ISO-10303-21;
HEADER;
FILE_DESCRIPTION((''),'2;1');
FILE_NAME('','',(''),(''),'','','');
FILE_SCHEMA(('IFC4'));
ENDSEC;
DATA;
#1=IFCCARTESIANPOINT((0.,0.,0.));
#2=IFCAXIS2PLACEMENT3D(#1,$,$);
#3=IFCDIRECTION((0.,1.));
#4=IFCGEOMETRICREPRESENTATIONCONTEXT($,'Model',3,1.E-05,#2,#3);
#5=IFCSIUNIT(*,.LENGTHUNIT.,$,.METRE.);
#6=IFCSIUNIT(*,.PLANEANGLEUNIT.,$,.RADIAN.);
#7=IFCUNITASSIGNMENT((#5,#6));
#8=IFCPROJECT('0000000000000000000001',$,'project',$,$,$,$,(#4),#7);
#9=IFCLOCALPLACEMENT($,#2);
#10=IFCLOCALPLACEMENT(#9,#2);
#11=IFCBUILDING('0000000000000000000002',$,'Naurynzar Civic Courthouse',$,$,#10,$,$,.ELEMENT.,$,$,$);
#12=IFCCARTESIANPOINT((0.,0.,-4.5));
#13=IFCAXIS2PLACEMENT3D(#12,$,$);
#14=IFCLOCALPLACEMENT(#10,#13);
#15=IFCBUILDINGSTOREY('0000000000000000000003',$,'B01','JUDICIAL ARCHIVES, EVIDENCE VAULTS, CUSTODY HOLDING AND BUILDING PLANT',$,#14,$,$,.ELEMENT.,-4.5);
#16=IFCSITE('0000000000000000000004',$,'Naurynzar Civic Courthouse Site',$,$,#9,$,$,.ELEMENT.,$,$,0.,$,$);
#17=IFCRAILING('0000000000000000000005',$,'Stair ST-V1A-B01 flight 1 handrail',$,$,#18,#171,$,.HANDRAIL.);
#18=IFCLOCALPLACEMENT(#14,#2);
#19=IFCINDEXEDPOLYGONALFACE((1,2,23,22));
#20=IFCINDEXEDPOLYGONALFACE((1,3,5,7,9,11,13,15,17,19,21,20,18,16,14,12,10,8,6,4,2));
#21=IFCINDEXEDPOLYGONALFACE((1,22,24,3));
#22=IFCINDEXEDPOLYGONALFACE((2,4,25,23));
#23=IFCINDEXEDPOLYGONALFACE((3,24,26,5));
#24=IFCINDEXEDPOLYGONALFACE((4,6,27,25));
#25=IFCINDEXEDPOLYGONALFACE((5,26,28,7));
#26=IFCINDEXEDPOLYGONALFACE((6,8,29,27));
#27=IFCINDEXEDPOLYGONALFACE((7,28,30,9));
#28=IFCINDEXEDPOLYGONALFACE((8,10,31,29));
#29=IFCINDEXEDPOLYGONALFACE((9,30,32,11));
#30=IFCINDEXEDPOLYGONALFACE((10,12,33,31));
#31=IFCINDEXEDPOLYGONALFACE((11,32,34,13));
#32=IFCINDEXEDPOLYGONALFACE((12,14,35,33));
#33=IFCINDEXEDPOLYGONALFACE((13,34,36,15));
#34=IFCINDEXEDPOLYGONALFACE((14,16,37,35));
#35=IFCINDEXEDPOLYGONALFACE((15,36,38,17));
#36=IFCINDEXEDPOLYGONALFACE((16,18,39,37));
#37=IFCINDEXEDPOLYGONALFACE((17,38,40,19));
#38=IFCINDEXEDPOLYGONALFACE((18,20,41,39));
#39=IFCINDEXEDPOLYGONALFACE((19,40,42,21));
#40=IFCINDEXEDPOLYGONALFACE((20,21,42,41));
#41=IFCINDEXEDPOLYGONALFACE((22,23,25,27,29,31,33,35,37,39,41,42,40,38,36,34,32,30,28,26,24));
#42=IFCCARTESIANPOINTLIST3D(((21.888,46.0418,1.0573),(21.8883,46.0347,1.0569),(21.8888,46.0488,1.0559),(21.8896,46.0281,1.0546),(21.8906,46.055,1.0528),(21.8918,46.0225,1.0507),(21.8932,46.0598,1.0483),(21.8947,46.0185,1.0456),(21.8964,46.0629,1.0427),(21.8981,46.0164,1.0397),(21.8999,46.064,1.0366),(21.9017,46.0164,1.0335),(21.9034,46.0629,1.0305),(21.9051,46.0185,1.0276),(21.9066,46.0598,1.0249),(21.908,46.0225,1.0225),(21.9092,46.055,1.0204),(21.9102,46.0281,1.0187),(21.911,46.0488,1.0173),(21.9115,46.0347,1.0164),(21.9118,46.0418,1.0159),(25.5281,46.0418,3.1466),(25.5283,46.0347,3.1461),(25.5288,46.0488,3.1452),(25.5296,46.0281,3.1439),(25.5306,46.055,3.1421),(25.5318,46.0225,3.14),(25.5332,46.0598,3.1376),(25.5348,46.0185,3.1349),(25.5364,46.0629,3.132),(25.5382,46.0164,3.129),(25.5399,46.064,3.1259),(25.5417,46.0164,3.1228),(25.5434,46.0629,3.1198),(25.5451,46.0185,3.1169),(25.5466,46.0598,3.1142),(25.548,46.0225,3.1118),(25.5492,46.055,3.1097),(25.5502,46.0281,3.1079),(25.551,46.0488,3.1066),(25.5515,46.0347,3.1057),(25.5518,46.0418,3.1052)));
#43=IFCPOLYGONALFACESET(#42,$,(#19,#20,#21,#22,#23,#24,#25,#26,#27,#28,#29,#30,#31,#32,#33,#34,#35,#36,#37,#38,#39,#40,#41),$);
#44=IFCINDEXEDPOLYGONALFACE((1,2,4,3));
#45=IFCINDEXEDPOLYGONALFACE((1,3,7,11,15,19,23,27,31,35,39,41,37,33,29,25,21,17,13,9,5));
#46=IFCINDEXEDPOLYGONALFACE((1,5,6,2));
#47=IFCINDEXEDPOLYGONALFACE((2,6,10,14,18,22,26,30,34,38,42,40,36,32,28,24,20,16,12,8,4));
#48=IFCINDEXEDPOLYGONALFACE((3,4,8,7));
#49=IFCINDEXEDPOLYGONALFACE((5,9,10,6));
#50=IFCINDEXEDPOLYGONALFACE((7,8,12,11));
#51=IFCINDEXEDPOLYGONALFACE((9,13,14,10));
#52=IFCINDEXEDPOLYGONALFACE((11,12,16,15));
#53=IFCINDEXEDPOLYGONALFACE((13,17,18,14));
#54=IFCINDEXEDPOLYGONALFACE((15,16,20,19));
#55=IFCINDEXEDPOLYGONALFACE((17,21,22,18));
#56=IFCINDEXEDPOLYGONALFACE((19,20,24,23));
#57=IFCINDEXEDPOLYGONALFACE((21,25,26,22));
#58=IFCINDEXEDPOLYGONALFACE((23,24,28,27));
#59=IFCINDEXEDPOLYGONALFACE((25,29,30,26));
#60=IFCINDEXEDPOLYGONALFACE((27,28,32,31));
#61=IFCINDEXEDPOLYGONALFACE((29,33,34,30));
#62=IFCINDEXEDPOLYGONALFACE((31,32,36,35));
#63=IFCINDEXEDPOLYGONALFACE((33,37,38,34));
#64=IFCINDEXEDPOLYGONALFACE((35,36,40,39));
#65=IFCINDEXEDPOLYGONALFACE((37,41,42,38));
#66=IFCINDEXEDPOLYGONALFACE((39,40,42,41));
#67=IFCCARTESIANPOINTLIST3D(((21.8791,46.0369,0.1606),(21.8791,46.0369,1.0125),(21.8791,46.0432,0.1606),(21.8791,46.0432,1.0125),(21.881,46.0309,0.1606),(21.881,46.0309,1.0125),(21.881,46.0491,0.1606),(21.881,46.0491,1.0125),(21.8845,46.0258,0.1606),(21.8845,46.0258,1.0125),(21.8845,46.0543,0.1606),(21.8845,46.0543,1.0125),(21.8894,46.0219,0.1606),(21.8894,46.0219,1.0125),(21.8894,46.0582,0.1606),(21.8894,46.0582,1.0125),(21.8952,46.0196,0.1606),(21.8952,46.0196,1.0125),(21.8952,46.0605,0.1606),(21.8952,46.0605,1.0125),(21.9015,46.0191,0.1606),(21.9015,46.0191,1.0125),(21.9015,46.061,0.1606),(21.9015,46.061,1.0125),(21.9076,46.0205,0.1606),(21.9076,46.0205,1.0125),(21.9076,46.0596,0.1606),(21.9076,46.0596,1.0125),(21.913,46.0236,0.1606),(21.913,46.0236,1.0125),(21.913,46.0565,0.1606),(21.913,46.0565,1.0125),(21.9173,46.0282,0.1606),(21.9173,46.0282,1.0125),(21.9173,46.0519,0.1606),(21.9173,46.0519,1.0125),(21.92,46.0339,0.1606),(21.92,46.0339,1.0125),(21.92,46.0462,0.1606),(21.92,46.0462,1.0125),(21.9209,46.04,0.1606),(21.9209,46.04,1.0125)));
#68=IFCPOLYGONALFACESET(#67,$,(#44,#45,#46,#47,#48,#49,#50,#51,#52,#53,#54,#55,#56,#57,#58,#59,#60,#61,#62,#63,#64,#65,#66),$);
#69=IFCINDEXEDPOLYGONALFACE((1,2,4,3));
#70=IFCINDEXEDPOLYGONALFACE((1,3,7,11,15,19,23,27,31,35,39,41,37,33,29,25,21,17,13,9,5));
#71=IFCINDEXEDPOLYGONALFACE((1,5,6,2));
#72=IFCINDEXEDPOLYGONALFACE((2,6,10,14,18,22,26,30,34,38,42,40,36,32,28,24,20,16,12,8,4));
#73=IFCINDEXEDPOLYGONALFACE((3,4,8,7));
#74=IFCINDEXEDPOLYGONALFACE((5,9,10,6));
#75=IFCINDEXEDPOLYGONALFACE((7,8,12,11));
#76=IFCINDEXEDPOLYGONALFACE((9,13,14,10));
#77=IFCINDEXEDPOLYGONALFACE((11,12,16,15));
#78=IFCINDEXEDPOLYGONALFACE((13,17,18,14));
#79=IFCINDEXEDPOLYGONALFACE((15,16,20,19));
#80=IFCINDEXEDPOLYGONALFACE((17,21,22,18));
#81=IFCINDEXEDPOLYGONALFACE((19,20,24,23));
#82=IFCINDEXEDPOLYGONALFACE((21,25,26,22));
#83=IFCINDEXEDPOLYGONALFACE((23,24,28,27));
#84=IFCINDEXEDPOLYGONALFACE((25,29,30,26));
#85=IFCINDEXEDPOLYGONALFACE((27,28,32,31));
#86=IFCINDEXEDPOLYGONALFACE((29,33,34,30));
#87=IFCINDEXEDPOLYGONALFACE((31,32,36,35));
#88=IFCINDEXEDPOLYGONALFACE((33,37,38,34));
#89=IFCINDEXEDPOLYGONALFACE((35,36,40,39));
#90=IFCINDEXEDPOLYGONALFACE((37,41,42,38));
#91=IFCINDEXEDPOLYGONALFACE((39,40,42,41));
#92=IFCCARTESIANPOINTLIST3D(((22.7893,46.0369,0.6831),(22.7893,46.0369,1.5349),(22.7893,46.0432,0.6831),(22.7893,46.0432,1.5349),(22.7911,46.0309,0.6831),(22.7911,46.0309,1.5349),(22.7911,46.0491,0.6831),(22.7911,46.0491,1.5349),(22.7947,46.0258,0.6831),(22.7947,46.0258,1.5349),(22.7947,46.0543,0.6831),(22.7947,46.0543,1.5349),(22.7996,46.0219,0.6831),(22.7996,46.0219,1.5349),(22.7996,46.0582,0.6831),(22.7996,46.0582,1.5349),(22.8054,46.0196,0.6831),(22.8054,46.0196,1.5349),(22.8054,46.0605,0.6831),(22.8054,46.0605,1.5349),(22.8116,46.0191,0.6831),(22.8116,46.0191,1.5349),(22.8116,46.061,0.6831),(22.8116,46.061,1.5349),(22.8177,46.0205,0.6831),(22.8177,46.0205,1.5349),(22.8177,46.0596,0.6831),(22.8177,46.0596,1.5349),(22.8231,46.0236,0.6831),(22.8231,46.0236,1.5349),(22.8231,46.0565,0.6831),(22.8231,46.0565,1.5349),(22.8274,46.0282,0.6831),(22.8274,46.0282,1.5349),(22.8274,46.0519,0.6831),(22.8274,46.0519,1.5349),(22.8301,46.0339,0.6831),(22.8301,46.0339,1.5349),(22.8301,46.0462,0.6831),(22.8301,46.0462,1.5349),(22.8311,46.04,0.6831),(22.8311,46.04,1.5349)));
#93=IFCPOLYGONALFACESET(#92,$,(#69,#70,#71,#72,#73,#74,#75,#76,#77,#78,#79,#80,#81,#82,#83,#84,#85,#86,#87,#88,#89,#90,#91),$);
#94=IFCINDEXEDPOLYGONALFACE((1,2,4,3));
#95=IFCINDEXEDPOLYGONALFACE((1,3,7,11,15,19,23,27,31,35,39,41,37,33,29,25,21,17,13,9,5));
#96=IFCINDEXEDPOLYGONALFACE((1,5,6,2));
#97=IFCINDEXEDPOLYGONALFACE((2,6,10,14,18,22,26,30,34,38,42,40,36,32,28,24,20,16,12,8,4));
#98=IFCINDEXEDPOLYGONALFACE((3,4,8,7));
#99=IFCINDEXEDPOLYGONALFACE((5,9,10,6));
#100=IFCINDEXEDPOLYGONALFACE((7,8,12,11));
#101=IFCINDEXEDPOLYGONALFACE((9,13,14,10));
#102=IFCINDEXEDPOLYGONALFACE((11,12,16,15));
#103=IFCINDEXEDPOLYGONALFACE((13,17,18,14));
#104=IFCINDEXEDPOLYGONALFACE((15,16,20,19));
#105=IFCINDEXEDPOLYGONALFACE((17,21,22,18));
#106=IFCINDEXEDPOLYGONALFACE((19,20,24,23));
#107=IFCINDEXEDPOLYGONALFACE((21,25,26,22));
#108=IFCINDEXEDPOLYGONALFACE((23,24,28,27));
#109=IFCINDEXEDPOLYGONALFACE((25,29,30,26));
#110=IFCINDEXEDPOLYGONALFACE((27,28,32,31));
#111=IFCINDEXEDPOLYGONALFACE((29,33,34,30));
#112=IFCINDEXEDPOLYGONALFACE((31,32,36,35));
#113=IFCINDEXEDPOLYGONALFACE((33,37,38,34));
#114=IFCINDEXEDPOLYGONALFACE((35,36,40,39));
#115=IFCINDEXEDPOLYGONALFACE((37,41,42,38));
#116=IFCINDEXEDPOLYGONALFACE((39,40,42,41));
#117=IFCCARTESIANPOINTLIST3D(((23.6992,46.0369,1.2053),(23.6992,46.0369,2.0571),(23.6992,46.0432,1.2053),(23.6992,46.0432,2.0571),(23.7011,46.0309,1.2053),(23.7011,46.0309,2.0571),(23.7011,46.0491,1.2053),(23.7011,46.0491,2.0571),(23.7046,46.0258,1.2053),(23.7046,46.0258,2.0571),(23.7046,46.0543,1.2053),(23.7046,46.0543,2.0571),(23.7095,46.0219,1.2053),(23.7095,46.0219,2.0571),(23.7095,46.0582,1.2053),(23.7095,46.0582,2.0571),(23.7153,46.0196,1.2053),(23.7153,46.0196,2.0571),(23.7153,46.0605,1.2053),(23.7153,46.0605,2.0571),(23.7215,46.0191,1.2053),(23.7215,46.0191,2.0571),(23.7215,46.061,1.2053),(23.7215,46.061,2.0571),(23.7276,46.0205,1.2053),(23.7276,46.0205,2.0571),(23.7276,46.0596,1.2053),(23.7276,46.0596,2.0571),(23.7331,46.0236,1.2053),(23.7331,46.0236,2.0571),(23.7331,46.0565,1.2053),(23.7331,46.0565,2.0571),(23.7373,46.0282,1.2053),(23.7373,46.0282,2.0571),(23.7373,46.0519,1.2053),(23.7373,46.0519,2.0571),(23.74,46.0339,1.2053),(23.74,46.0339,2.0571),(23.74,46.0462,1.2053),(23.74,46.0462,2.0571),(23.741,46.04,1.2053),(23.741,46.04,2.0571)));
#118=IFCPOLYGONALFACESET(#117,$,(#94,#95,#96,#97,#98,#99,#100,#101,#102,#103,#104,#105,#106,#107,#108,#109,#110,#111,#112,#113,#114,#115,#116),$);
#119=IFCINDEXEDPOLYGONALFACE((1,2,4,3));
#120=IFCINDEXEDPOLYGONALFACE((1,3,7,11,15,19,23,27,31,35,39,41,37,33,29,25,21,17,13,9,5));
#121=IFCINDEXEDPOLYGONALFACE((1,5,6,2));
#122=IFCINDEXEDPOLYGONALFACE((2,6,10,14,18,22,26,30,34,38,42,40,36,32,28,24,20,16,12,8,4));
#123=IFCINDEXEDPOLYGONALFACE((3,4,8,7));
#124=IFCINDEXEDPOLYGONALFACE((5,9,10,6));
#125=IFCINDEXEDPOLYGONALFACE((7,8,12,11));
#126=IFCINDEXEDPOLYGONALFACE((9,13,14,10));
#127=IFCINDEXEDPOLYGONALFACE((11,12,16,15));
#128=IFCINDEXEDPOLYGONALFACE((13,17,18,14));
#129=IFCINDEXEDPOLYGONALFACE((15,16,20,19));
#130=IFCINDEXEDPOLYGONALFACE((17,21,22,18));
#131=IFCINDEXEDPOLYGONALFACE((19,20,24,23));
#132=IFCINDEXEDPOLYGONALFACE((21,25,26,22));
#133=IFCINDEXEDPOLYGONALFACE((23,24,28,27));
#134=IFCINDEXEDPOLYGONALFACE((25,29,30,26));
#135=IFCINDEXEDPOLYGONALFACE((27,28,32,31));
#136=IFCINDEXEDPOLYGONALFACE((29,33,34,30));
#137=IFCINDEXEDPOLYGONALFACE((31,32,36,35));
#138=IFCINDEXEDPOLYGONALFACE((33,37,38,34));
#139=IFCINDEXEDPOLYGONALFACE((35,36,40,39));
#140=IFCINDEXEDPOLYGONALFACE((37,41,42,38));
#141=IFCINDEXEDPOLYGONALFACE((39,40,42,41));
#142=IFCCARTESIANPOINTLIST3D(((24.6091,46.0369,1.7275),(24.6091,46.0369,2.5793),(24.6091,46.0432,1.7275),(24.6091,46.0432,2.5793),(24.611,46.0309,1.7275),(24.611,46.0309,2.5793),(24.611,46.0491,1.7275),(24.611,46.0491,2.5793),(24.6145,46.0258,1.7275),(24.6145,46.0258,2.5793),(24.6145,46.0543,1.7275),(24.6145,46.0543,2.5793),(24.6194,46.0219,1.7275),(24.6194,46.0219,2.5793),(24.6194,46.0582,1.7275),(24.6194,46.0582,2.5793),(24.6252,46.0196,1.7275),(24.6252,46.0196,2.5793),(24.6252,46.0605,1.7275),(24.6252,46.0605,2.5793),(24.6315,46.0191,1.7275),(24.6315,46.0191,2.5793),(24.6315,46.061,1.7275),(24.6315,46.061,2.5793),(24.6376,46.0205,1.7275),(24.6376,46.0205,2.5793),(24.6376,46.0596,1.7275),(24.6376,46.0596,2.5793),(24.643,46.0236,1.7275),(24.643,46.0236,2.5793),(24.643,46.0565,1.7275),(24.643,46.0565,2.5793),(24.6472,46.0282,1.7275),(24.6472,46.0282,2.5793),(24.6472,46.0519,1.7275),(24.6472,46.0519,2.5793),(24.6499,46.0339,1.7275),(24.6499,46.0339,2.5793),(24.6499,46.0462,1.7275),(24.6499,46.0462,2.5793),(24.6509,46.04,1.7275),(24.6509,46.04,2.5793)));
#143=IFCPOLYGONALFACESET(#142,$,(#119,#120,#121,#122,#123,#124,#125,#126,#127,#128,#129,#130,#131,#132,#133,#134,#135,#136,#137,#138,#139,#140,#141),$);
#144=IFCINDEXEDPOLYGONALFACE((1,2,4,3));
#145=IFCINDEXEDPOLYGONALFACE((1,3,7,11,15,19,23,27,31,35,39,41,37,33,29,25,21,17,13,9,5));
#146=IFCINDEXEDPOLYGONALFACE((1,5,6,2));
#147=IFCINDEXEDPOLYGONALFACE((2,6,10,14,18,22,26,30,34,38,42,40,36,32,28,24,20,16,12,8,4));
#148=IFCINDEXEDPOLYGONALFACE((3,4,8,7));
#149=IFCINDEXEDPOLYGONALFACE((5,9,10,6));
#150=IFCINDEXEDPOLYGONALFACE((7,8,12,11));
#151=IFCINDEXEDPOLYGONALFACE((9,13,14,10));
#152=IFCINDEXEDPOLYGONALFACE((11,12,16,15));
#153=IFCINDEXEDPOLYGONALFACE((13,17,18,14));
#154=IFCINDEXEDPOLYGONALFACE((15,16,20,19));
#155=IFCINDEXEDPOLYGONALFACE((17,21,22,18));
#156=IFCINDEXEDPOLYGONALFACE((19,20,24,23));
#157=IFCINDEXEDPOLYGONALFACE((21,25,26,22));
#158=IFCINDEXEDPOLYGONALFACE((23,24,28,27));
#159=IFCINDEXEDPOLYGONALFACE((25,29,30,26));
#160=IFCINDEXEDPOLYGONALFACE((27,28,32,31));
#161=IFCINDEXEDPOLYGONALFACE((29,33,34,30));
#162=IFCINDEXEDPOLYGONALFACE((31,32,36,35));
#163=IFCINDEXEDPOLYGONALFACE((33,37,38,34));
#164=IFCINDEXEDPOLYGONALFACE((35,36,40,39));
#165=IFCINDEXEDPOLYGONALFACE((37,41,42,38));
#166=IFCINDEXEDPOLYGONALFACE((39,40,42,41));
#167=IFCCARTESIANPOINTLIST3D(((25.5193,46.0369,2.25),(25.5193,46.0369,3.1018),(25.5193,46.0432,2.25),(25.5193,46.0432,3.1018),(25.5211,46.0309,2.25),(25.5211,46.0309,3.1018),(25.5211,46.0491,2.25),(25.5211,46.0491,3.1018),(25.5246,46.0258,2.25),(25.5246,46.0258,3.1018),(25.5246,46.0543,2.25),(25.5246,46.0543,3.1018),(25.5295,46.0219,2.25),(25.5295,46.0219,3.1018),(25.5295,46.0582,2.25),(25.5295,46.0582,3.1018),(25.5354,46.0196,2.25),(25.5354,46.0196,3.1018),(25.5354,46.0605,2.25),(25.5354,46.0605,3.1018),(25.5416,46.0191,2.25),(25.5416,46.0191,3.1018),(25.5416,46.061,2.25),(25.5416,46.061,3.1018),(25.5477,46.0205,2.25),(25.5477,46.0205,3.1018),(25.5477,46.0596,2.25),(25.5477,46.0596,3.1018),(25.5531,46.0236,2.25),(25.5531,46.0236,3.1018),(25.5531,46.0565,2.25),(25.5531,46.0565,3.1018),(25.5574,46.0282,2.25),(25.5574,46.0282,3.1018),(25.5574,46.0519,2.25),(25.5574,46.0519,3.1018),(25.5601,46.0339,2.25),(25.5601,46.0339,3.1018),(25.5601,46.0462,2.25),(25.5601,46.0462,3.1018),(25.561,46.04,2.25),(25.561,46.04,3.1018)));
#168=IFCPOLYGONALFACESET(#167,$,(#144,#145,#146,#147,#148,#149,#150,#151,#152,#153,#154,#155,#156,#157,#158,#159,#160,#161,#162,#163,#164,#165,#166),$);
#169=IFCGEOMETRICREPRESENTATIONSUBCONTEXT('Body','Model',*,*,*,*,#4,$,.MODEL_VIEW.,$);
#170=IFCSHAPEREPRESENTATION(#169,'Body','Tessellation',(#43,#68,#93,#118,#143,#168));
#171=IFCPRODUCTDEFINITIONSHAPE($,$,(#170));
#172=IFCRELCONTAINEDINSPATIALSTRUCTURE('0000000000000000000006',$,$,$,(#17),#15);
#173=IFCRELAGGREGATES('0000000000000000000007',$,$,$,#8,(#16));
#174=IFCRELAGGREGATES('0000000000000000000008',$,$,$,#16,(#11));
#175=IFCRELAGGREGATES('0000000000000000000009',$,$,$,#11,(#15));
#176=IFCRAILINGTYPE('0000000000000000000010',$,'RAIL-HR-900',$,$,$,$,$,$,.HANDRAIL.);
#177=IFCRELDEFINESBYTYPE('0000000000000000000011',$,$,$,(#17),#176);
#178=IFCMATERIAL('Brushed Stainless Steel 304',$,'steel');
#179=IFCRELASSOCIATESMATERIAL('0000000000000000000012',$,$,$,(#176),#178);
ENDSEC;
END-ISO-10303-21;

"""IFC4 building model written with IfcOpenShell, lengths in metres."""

from ifc_helpers import new_model, si_unit, direction, frame, origin, origin_2d, place, context, subcontext, project, spatial, circle, extrude, material, type_object, element, save


model = new_model("IFC4")

# Units and contexts
model_context = context("Model", 3, precision=1e-05, world=origin(), true_north=direction((0.0, 1.0)))
body_context = subcontext(model_context, "Body", "Model", "MODEL_VIEW")
ifc_project = project(units=[si_unit("LENGTHUNIT", "METRE"), si_unit("PLANEANGLEUNIT", "RADIAN")], contexts=[model_context])

# Site, building, storey
site_placement = place(None, origin())
site = spatial("IfcSite", under=ifc_project, at=site_placement, Name="Naurynzar Civic Courthouse Site", CompositionType="ELEMENT", RefElevation=0.0)
building_placement = place(site_placement, origin())
building = spatial("IfcBuilding", under=site, at=building_placement, Name="Naurynzar Civic Courthouse", CompositionType="ELEMENT")
storey_placement = place(building_placement, frame((0.0, 0.0, -4.5)))
storey = spatial("IfcBuildingStorey", under=building, at=storey_placement, Name="B01", Description="JUDICIAL ARCHIVES, EVIDENCE VAULTS, CUSTODY HOLDING AND BUILDING PLANT", CompositionType="ELEMENT", Elevation=-4.5)

# Railing
ifc_material_1 = material(Name="Brushed Stainless Steel 304", Category="steel")
railing_type_1 = type_object("IfcRailingType", Name="RAIL-HR-900", PredefinedType="HANDRAIL", material=ifc_material_1)
railing_1_placement = place(storey_placement, frame((21.8999, 46.04, 0.1606)))
element("IfcRailing", 1, at=railing_1_placement, inside=storey, type_object=railing_type_1, Name="Stair ST-V1A-B01 flight 1 handrail", PredefinedType="HANDRAIL", context=body_context, shape_type="SweptSolid", body=[
    extrude(circle(Radius=0.0239, at=origin_2d()), frame((0.0, 0.0, 0.876), z_axis=(0.867289, 0.0, 0.497804), x_axis=(0.0, 1.0, 0.0)), (0.0, 0.0, 1.0), 4.197),
    extrude(circle(Radius=0.021, at=origin_2d()), origin(), (0.0, 0.0, 1.0), 0.8518),
    extrude(circle(Radius=0.021, at=origin_2d()), frame((0.9102, 0.0, 0.5225)), (0.0, 0.0, 1.0), 0.8518),
    extrude(circle(Radius=0.021, at=origin_2d()), frame((1.8201, 0.0, 1.0447)), (0.0, 0.0, 1.0), 0.8518),
    extrude(circle(Radius=0.021, at=origin_2d()), frame((2.73, 0.0, 1.5669)), (0.0, 0.0, 1.0), 0.8518),
    extrude(circle(Radius=0.021, at=origin_2d()), frame((3.6401, 0.0, 2.0894)), (0.0, 0.0, 1.0), 0.8518),
])

save(model, "model.ifc")
